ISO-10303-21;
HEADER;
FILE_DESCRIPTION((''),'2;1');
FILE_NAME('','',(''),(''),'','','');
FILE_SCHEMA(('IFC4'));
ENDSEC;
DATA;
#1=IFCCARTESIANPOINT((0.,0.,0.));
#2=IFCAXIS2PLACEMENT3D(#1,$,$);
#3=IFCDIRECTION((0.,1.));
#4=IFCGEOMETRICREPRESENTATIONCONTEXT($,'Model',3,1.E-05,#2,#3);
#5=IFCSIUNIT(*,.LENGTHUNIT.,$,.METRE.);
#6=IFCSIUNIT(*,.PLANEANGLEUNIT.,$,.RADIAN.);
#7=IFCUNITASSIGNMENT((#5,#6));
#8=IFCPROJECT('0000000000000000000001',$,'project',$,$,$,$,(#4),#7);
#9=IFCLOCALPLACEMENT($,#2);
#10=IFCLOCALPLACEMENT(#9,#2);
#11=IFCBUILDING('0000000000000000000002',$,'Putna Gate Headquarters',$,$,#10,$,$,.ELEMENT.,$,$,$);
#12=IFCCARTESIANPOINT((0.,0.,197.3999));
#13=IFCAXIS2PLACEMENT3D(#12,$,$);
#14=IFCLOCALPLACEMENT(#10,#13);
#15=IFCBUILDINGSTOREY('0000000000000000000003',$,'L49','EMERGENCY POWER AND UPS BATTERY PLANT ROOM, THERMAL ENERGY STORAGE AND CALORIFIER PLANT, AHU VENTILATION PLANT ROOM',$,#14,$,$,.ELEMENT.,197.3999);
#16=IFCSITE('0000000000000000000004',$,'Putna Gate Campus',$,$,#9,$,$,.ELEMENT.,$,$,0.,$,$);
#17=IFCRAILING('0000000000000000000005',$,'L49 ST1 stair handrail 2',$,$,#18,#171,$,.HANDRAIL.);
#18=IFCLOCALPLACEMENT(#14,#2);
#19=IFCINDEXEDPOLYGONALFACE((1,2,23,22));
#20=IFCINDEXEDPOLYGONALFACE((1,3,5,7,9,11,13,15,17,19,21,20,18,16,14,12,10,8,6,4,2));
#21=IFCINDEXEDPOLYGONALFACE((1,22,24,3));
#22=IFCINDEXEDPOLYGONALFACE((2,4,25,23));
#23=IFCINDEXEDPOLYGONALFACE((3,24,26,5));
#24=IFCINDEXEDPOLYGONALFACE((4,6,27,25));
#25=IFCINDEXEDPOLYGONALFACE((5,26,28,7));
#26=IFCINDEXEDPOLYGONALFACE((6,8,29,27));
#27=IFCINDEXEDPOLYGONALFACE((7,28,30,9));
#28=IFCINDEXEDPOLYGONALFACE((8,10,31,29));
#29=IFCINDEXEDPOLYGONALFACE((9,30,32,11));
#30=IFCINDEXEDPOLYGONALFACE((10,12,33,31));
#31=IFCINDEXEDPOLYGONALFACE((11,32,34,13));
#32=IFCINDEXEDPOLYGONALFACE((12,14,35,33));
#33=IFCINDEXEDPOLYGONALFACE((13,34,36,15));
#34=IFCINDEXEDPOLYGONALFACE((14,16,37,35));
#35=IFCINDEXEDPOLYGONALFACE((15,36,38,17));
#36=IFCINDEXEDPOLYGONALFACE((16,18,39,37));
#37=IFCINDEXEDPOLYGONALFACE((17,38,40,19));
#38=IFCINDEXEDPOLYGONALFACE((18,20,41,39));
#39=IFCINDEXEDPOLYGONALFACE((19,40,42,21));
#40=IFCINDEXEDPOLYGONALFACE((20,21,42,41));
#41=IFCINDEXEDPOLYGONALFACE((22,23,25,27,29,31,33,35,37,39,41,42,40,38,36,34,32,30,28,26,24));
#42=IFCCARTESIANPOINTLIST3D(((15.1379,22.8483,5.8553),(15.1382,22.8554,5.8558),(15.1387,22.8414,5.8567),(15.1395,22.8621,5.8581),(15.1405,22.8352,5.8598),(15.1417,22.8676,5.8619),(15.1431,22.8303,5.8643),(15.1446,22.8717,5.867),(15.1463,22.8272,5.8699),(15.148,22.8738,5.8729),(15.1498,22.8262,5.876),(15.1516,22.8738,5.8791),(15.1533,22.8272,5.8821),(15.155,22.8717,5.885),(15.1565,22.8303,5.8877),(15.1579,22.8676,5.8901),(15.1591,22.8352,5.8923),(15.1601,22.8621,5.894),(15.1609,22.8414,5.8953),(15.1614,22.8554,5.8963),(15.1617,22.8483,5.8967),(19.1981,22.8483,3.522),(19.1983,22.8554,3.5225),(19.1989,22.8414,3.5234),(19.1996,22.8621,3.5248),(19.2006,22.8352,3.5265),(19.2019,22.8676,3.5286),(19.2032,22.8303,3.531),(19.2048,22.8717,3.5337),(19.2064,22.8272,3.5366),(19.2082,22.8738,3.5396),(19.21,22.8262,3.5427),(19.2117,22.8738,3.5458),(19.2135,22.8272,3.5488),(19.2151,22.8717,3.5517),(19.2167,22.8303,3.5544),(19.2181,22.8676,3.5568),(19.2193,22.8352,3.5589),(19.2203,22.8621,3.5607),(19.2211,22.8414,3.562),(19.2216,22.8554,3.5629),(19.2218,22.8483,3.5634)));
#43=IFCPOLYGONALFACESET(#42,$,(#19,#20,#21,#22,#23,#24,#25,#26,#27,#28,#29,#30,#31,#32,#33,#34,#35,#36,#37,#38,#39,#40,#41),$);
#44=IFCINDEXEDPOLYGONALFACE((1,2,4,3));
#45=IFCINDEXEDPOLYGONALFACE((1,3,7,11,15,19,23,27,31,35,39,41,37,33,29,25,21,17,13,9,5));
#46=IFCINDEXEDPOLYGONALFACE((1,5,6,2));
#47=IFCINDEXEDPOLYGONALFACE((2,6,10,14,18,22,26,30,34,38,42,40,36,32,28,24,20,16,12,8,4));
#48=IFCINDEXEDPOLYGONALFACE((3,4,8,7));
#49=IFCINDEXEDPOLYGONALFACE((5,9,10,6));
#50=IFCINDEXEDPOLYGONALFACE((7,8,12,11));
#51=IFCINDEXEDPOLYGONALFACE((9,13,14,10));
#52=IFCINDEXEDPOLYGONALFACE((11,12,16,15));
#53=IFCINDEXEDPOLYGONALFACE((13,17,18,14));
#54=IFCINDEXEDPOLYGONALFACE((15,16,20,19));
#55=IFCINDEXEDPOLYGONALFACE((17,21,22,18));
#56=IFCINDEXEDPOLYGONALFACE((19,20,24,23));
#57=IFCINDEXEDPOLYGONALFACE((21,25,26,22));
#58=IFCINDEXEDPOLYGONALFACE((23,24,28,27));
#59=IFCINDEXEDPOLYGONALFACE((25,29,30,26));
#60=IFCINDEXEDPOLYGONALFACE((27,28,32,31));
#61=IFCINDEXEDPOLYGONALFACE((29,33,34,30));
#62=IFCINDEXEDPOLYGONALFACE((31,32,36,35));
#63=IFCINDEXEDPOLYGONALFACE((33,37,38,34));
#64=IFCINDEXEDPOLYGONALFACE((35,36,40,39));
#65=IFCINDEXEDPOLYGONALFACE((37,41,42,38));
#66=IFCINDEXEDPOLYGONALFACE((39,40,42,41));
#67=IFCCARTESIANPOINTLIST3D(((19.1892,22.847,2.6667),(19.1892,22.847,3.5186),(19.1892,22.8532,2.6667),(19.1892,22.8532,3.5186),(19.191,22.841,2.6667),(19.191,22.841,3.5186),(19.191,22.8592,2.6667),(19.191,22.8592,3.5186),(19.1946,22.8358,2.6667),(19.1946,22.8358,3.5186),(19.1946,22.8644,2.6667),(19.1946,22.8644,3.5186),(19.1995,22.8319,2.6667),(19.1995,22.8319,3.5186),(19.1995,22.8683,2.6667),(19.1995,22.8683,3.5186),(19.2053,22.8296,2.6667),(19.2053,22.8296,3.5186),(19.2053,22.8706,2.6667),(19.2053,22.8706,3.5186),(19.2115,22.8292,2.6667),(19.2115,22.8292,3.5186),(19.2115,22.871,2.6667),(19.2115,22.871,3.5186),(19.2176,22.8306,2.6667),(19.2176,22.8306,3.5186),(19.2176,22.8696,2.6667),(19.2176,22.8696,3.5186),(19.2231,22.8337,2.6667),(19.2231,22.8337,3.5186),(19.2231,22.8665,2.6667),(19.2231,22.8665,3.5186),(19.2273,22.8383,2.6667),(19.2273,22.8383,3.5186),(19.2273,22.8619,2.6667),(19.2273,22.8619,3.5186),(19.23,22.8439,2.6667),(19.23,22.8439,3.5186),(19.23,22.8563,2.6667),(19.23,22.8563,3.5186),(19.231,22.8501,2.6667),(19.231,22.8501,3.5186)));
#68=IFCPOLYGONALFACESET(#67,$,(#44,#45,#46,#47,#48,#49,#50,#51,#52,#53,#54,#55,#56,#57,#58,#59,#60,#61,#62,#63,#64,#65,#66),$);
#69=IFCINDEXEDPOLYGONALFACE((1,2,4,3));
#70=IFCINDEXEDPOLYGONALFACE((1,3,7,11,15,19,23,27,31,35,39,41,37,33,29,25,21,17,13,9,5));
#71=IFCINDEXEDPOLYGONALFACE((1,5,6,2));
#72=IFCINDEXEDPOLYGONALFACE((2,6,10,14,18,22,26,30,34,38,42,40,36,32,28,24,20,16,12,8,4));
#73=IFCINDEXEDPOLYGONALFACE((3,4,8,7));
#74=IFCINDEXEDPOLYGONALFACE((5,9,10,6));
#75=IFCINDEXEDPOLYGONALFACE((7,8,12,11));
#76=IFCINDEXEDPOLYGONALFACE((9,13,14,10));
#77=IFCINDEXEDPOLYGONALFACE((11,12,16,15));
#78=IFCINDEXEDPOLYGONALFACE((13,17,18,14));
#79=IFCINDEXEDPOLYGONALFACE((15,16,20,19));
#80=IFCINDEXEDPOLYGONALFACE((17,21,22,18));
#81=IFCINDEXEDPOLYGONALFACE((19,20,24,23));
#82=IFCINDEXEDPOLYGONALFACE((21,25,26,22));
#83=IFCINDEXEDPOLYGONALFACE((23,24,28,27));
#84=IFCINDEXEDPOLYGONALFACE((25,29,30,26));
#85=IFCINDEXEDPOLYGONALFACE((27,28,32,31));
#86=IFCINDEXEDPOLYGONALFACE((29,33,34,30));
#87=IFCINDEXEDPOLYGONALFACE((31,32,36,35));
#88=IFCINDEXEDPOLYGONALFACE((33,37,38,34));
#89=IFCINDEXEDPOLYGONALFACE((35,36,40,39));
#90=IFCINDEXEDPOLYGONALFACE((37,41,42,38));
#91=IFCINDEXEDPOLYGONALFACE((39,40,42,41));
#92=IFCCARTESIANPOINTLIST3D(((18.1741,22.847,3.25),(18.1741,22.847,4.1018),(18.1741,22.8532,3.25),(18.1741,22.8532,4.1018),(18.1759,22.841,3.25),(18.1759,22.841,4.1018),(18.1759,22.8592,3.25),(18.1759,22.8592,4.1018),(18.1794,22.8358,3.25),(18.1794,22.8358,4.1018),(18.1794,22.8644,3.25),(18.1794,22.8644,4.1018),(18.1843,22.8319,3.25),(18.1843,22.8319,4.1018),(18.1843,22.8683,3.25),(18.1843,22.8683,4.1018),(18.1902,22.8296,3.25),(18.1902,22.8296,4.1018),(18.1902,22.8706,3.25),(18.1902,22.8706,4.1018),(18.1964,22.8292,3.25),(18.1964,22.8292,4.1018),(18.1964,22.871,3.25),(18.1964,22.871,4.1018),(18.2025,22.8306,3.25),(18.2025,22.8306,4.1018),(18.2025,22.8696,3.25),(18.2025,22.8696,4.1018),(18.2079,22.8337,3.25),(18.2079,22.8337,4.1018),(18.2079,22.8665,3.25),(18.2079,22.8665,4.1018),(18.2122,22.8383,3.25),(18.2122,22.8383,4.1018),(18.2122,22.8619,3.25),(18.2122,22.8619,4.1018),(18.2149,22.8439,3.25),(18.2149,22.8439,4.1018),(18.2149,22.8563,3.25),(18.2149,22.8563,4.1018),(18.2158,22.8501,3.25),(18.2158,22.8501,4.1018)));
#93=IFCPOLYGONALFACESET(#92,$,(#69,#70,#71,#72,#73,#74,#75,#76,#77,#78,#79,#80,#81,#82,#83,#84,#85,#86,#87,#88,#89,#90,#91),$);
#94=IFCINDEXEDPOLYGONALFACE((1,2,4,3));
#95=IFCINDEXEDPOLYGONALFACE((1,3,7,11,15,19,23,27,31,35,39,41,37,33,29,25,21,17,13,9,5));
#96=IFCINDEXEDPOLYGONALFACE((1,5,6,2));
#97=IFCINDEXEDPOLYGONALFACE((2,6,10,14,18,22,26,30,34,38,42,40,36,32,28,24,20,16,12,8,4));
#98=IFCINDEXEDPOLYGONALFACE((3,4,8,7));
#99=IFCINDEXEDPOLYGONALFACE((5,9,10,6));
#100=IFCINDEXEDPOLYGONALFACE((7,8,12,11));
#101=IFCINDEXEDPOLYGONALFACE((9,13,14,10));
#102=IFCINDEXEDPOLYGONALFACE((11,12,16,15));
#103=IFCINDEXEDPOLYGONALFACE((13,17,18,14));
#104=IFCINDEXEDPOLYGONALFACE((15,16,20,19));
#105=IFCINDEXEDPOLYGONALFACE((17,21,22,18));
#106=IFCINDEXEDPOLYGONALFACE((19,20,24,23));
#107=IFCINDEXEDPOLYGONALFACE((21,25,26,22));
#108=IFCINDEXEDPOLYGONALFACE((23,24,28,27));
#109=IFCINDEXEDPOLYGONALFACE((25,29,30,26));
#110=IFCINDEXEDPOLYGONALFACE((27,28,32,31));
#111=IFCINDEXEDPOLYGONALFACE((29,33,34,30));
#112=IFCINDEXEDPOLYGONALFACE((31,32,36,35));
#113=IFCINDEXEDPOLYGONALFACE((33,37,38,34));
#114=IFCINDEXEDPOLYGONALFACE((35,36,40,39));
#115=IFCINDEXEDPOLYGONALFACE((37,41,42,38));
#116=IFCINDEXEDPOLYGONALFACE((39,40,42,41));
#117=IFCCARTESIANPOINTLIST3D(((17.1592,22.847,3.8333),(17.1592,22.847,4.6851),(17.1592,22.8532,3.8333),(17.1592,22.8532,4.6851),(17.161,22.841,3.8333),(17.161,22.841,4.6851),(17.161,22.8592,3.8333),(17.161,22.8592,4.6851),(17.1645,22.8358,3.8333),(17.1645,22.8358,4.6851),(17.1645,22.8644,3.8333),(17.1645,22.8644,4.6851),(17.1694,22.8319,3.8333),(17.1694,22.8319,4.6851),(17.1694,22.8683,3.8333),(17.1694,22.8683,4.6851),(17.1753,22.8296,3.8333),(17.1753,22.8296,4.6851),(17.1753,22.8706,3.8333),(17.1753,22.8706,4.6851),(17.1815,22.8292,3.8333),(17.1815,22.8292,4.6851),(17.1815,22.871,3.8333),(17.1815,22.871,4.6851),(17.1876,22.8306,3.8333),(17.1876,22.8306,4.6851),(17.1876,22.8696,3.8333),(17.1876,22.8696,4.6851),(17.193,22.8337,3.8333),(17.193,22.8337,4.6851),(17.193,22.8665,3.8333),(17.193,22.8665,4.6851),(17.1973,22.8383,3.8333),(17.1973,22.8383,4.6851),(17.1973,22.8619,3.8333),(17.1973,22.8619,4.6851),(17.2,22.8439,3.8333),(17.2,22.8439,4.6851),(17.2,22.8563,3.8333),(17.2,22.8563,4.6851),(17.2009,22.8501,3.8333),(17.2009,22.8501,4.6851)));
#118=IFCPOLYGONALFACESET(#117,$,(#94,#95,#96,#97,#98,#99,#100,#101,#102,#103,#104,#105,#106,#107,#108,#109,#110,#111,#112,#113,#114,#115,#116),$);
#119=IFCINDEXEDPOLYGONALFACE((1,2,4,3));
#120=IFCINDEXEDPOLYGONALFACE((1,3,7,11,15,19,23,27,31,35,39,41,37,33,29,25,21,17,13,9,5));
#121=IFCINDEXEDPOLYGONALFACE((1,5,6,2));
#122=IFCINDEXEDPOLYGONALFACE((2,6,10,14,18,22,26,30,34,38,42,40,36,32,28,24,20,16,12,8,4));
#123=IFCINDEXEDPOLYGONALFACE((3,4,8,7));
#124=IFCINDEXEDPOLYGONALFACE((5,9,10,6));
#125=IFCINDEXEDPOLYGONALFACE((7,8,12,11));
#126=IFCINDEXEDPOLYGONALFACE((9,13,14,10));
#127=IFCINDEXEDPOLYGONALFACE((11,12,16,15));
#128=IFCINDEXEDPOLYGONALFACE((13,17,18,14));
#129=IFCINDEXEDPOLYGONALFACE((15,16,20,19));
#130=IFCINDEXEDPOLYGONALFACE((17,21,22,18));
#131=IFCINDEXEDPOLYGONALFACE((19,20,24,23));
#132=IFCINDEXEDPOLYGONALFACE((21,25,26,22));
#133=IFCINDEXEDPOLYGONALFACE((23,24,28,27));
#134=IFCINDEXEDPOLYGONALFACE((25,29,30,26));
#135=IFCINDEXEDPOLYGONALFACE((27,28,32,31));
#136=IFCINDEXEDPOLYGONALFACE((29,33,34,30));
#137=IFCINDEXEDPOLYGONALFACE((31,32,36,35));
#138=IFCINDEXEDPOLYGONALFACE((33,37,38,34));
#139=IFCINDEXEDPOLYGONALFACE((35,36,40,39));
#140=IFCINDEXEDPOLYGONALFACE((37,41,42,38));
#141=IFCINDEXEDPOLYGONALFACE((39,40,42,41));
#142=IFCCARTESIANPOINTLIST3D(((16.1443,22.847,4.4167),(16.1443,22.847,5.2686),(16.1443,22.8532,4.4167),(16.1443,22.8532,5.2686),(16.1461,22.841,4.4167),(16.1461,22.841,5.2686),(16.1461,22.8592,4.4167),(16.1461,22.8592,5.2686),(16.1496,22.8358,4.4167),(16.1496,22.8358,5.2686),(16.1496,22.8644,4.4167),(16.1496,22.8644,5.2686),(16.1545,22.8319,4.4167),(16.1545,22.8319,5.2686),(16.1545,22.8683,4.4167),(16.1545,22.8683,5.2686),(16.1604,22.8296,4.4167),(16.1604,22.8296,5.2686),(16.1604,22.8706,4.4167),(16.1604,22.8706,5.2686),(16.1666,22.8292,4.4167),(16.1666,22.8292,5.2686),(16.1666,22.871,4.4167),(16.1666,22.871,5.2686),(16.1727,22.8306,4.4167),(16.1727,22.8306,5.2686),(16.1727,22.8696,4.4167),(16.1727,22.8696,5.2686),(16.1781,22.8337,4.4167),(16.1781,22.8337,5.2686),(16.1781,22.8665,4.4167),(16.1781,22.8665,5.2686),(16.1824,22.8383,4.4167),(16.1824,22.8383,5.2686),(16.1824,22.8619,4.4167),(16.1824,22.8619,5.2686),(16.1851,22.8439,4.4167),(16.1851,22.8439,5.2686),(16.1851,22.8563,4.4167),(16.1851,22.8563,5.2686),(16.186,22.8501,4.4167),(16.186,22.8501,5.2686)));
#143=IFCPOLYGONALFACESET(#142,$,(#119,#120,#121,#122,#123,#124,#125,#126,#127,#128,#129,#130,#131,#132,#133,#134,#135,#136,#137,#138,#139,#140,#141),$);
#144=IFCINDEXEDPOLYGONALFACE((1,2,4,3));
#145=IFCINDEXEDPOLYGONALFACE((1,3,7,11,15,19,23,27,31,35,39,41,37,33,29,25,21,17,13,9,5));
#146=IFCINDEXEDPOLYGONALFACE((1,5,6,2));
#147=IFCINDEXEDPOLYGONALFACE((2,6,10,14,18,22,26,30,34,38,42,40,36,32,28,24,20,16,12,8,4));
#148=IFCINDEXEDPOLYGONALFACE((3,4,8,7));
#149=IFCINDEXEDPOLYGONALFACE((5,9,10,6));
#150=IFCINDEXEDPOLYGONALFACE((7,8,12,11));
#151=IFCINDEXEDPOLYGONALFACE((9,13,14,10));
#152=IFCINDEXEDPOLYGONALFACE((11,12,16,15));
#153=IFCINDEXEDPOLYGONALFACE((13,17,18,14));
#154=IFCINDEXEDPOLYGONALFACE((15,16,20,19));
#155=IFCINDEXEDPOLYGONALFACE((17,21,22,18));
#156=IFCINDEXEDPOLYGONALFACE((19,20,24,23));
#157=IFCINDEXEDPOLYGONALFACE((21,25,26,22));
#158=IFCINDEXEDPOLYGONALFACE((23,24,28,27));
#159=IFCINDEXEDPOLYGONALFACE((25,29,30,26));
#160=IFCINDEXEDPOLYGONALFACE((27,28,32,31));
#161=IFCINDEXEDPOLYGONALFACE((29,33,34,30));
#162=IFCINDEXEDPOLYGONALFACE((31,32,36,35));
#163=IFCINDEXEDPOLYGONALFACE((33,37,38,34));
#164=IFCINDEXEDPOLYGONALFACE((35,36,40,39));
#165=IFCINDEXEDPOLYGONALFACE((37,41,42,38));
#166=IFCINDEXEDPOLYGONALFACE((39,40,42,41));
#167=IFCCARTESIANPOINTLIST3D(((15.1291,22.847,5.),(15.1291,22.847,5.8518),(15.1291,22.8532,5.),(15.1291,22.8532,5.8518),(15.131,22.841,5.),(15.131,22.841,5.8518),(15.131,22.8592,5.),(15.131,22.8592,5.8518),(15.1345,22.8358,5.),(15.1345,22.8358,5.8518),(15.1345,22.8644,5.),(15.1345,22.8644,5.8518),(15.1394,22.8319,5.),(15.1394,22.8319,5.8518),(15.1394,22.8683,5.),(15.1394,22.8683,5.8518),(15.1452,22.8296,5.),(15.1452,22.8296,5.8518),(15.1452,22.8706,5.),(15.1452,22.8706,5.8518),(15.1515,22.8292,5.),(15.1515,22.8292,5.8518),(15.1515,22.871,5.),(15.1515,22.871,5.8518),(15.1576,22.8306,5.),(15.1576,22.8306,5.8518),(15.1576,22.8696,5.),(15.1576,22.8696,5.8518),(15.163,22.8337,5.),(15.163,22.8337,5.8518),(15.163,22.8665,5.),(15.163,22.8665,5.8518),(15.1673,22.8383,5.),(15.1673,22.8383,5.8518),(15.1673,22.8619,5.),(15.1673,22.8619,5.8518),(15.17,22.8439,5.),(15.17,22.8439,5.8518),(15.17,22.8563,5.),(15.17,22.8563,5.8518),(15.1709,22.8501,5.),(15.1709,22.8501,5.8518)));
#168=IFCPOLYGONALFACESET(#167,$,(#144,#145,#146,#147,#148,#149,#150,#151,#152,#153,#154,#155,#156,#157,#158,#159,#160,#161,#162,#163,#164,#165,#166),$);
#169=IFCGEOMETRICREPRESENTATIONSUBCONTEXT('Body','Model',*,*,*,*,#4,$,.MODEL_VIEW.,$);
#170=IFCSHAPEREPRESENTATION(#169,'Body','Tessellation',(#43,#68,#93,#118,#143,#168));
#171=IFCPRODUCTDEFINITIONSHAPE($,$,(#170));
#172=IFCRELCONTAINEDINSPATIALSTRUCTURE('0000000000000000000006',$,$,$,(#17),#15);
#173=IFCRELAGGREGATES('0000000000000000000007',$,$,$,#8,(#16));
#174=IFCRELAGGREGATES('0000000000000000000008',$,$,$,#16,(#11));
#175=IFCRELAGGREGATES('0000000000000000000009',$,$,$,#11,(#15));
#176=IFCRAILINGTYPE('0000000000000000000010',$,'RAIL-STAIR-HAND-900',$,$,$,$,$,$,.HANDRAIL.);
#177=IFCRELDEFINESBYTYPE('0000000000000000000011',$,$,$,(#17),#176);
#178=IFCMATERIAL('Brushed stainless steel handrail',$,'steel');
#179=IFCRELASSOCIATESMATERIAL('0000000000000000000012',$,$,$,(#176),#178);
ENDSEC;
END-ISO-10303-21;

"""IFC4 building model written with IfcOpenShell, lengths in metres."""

from ifc_helpers import new_model, si_unit, direction, frame, origin, origin_2d, place, context, subcontext, project, spatial, circle, extrude, material, type_object, element, save


model = new_model("IFC4")

# Units and contexts
model_context = context("Model", 3, precision=1e-05, world=origin(), true_north=direction((0.0, 1.0)))
body_context = subcontext(model_context, "Body", "Model", "MODEL_VIEW")
ifc_project = project(units=[si_unit("LENGTHUNIT", "METRE"), si_unit("PLANEANGLEUNIT", "RADIAN")], contexts=[model_context])

# Site, building, storey
site_placement = place(None, origin())
site = spatial("IfcSite", under=ifc_project, at=site_placement, Name="Putna Gate Campus", CompositionType="ELEMENT", RefElevation=0.0)
building_placement = place(site_placement, origin())
building = spatial("IfcBuilding", under=site, at=building_placement, Name="Putna Gate Headquarters", CompositionType="ELEMENT")
storey_placement = place(building_placement, frame((0.0, 0.0, 197.3999)))
storey = spatial("IfcBuildingStorey", under=building, at=storey_placement, Name="L49", Description="EMERGENCY POWER AND UPS BATTERY PLANT ROOM, THERMAL ENERGY STORAGE AND CALORIFIER PLANT, AHU VENTILATION PLANT ROOM", CompositionType="ELEMENT", Elevation=197.3999)

# Railing
ifc_material_1 = material(Name="Brushed stainless steel handrail", Category="steel")
railing_type = type_object("IfcRailingType", Name="RAIL-STAIR-HAND-900", PredefinedType="HANDRAIL", material=ifc_material_1)
railing_placement = place(storey_placement, frame((19.21, 22.8501, 2.6667)))
element("IfcRailing", 1, at=railing_placement, inside=storey, type_object=railing_type, Name="L49 ST1 stair handrail 2", PredefinedType="HANDRAIL", context=body_context, shape_type="SweptSolid", body=[
    extrude(circle(Radius=0.0239, at=origin_2d()), frame((0.0, 0.0, 0.876), z_axis=(-0.867025, 0.0, 0.498265), x_axis=(0.0, -1.0, 0.0)), (0.0, 0.0, 1.0), 4.6829),
    extrude(circle(Radius=0.021, at=origin_2d()), origin(), (0.0, 0.0, 1.0), 0.8518),
    extrude(circle(Radius=0.021, at=origin_2d()), frame((-1.0151, 0.0, 0.5833)), (0.0, 0.0, 1.0), 0.8518),
    extrude(circle(Radius=0.021, at=origin_2d()), frame((-2.03, 0.0, 1.1665)), (0.0, 0.0, 1.0), 0.8518),
    extrude(circle(Radius=0.021, at=origin_2d()), frame((-3.0449, 0.0, 1.75)), (0.0, 0.0, 1.0), 0.8518),
    extrude(circle(Radius=0.021, at=origin_2d()), frame((-4.0601, 0.0, 2.3333)), (0.0, 0.0, 1.0), 0.8518),
])

save(model, "model.ifc")
